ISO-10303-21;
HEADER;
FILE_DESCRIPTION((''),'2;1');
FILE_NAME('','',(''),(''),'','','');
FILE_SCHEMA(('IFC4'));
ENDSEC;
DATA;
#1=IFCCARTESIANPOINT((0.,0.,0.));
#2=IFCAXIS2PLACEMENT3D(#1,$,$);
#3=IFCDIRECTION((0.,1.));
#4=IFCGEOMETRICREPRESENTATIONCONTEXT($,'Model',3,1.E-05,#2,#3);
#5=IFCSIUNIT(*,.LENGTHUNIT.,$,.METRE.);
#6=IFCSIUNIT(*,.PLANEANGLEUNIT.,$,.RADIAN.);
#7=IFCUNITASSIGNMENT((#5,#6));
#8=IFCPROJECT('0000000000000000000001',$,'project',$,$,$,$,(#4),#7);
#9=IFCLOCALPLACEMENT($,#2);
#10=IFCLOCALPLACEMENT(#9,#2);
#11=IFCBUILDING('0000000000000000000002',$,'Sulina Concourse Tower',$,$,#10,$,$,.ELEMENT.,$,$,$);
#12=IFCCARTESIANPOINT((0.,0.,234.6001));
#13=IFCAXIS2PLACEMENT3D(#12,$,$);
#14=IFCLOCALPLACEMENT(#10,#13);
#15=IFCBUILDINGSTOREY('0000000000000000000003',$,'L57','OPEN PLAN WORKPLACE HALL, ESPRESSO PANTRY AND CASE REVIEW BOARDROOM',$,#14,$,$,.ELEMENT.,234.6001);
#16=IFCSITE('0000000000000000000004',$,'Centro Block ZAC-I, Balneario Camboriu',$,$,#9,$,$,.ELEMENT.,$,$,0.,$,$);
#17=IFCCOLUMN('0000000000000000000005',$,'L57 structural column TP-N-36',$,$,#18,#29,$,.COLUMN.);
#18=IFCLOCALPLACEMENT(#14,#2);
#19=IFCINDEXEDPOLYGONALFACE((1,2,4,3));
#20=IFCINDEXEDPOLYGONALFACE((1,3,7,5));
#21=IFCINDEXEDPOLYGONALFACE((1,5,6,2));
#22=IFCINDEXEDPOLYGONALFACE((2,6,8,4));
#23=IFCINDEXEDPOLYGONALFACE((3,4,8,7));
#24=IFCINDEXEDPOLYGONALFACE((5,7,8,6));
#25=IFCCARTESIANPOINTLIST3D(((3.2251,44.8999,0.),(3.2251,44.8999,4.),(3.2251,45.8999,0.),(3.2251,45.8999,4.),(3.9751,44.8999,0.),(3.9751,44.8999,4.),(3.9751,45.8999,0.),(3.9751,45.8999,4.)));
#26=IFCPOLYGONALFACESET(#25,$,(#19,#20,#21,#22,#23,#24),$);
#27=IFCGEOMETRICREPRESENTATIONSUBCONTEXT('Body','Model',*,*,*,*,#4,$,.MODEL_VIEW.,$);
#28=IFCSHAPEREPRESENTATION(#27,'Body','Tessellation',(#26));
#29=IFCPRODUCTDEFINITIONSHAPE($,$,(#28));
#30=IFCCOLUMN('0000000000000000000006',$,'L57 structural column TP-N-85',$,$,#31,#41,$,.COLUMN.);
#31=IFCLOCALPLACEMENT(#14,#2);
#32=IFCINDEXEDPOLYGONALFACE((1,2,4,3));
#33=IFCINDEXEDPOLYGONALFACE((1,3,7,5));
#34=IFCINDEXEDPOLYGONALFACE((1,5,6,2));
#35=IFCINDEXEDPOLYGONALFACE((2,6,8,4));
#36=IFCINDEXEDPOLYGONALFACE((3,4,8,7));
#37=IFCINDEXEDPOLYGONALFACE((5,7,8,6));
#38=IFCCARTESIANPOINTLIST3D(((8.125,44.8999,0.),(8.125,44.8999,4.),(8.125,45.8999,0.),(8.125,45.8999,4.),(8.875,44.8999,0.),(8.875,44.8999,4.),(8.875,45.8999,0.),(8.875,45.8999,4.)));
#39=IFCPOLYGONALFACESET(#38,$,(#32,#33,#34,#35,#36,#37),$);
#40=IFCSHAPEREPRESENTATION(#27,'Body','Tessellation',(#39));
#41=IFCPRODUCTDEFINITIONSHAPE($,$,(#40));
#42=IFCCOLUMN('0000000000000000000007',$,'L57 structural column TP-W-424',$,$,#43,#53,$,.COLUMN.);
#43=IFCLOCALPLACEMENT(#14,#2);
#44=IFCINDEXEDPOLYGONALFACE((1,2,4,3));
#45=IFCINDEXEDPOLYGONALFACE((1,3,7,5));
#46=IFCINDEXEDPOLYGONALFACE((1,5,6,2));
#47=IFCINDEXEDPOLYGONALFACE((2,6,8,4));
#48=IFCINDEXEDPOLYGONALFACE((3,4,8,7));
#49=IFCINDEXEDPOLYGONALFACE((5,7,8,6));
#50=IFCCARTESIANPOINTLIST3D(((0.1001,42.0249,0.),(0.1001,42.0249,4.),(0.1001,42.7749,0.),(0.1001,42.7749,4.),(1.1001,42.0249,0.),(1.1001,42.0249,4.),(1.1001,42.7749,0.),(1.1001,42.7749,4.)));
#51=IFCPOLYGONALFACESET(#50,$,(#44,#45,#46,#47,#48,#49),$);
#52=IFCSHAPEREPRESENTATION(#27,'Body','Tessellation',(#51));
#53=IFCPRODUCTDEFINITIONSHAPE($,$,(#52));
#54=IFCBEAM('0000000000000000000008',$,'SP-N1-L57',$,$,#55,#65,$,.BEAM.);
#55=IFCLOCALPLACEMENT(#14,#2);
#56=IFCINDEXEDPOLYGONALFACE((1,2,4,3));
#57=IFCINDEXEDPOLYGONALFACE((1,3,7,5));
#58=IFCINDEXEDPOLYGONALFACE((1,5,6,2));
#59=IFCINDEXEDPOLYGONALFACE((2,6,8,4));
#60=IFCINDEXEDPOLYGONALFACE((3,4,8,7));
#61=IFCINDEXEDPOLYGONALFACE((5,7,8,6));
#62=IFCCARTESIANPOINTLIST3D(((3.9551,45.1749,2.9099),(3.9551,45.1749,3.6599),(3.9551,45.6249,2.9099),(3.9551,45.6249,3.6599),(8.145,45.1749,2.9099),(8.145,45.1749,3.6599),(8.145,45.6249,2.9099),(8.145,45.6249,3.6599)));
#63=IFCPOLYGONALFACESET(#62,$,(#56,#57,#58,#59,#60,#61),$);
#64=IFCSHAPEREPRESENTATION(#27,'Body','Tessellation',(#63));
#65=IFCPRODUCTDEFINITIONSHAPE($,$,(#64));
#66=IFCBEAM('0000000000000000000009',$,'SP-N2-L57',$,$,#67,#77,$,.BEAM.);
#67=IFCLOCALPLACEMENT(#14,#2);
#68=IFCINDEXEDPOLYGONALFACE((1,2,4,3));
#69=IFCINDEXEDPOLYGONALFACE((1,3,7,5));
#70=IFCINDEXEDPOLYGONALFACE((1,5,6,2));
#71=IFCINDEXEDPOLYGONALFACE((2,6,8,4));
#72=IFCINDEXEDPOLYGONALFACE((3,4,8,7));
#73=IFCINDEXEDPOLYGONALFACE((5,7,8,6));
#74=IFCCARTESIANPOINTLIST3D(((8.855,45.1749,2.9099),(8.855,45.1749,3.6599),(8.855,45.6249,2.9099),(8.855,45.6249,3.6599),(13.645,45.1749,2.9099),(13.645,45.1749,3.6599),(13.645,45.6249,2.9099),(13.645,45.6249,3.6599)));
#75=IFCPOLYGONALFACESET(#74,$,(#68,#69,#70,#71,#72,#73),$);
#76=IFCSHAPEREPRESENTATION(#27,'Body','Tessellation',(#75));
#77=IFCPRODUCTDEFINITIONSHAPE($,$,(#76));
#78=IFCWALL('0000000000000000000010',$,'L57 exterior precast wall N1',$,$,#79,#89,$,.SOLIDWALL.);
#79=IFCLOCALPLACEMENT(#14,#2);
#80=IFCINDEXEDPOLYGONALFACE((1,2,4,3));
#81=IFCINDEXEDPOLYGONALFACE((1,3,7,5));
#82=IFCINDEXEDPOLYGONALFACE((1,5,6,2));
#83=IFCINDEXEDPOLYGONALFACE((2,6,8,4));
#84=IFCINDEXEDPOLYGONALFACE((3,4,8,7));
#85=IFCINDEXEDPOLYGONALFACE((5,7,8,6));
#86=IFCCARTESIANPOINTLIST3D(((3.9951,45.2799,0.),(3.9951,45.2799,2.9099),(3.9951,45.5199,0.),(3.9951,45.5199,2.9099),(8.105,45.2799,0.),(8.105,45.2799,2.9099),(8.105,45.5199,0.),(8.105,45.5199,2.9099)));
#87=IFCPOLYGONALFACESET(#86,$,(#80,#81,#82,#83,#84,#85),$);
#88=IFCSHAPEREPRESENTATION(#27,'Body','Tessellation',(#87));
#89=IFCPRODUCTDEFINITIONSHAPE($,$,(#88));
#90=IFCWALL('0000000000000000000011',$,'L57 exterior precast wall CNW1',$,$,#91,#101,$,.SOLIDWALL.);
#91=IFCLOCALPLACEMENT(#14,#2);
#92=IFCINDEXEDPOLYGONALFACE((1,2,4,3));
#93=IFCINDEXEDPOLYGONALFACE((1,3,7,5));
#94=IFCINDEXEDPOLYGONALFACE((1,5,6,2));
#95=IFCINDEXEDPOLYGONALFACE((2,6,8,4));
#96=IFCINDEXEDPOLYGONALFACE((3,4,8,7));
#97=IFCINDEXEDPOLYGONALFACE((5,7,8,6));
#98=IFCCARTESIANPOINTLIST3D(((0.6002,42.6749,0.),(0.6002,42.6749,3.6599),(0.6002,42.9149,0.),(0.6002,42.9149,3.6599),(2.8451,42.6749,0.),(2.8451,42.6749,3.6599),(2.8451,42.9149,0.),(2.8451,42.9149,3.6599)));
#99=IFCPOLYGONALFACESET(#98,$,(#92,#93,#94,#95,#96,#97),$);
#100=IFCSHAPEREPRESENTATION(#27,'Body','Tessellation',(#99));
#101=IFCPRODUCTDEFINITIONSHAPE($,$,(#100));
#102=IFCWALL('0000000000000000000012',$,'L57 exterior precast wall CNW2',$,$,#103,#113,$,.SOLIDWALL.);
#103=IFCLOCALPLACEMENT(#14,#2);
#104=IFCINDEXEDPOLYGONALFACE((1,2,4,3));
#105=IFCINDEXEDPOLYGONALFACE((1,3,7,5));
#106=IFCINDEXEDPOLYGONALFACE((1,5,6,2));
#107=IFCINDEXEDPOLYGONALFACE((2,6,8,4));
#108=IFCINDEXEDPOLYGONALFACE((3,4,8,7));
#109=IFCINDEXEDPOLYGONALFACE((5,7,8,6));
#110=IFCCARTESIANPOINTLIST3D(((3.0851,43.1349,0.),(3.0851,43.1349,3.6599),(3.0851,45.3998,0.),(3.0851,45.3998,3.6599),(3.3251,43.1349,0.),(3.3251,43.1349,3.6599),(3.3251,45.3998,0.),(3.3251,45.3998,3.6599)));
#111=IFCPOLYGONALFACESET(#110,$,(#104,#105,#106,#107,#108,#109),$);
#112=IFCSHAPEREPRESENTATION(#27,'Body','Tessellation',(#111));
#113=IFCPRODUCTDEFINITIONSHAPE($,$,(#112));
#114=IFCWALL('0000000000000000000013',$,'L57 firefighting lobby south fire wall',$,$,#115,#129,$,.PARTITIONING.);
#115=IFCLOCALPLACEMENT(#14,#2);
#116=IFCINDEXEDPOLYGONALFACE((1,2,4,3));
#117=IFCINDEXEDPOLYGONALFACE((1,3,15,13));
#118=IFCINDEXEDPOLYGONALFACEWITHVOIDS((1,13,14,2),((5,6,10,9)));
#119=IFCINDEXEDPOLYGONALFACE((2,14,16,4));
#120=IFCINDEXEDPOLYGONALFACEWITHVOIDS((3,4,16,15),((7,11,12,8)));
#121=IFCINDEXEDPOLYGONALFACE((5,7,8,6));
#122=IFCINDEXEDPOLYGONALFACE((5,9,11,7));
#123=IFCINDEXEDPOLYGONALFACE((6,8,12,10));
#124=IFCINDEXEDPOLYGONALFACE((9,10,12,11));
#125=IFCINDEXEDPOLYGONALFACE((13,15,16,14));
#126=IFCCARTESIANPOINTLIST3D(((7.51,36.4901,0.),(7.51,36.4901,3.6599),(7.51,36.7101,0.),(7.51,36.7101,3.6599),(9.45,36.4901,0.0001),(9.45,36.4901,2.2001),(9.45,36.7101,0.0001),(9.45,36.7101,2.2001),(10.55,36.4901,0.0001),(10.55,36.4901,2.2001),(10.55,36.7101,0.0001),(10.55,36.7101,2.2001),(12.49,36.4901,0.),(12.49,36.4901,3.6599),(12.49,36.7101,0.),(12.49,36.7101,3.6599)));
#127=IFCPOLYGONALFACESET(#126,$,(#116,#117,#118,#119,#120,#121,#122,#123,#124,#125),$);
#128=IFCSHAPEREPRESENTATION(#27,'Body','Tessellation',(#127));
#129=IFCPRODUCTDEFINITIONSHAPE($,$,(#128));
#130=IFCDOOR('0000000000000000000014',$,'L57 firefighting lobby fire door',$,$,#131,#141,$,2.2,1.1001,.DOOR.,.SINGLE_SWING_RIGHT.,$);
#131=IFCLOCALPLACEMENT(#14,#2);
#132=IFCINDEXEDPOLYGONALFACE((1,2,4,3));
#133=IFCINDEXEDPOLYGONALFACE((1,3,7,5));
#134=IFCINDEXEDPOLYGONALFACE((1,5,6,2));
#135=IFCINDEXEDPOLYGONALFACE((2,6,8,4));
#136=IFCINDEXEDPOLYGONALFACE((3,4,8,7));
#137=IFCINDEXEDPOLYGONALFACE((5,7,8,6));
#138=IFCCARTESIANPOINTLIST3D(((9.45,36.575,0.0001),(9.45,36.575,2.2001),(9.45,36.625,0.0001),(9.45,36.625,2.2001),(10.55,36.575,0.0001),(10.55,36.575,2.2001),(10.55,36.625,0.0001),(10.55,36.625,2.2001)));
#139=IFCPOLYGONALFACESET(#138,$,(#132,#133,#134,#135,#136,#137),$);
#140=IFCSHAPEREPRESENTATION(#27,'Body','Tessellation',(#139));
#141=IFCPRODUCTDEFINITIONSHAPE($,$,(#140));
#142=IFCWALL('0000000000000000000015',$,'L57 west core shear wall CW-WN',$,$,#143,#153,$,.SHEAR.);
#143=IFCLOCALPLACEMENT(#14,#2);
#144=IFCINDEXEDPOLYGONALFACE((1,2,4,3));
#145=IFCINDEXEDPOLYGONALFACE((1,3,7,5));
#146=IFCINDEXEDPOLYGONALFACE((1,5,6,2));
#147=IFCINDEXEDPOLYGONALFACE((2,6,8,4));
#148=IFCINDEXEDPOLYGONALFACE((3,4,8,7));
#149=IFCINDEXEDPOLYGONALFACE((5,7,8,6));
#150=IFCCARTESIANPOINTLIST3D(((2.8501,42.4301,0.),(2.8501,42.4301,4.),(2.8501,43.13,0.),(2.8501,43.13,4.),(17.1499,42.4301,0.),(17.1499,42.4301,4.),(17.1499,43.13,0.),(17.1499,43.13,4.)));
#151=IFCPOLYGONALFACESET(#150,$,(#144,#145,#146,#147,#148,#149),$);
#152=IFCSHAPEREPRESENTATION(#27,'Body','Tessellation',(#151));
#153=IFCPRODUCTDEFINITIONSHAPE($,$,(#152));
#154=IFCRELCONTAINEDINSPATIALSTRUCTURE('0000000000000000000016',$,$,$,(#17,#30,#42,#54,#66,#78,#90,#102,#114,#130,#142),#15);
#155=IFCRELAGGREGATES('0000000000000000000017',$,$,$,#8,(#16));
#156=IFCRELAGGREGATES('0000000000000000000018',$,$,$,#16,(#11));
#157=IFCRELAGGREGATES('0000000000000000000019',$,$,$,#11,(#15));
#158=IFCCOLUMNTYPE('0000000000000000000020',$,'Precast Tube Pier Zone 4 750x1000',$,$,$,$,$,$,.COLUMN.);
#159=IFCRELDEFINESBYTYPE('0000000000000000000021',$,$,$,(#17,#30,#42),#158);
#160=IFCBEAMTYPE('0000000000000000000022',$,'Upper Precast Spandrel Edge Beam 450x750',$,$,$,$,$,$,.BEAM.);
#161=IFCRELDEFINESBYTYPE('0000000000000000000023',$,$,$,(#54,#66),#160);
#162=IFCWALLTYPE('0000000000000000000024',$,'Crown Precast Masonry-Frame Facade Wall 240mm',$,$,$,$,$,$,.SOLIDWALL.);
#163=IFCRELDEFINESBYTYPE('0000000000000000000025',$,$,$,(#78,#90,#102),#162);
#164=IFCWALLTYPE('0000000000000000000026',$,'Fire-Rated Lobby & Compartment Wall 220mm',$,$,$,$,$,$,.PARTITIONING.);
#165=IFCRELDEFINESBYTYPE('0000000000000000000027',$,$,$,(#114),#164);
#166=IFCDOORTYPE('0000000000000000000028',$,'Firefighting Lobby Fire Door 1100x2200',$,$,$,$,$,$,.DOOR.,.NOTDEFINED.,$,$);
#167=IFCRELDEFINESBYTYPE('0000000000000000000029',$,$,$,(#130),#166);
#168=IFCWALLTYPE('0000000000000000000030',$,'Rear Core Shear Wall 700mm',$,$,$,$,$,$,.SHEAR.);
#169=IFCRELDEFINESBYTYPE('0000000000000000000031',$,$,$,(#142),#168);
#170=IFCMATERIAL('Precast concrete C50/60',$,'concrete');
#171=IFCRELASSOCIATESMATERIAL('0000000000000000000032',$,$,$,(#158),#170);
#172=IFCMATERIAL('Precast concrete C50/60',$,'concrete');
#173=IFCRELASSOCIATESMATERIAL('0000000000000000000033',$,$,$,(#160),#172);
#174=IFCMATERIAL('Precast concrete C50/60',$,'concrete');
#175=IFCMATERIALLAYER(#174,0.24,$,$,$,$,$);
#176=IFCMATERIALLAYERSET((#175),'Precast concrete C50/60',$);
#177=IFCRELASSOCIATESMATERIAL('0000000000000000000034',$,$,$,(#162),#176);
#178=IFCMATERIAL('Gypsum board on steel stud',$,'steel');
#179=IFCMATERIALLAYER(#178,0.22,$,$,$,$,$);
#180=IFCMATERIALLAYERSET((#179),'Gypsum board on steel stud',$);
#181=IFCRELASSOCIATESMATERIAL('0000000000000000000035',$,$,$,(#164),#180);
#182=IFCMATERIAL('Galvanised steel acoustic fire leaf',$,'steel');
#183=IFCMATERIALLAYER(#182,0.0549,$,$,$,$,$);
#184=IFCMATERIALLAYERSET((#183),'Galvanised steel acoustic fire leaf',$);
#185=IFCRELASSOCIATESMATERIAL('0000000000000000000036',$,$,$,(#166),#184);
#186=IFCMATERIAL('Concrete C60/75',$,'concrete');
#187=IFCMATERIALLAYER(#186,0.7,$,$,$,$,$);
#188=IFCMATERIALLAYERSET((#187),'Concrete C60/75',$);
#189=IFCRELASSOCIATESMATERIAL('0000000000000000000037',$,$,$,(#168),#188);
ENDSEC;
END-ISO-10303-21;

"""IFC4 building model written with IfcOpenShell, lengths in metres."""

from ifc_helpers import new_model, si_unit, direction, frame, frame_2d, origin, origin_2d, place, context, subcontext, project, spatial, rectangle, extrude, material, layer, layer_set, material_profile, profile_set, type_object, element, fill, save


model = new_model("IFC4")

# Units and contexts
model_context = context("Model", 3, precision=1e-05, world=origin(), true_north=direction((0.0, 1.0)))
body_context = subcontext(model_context, "Body", "Model", "MODEL_VIEW")
ifc_project = project(units=[si_unit("LENGTHUNIT", "METRE"), si_unit("PLANEANGLEUNIT", "RADIAN")], contexts=[model_context])

# Site, building, storey
site_placement = place(None, origin())
site = spatial("IfcSite", under=ifc_project, at=site_placement, Name="Centro Block ZAC-I, Balneario Camboriu", CompositionType="ELEMENT", RefElevation=0.0)
building_placement = place(site_placement, origin())
building = spatial("IfcBuilding", under=site, at=building_placement, Name="Sulina Concourse Tower", CompositionType="ELEMENT")
storey_placement = place(building_placement, frame((0.0, 0.0, 234.6001)))
storey = spatial("IfcBuildingStorey", under=building, at=storey_placement, Name="L57", Description="OPEN PLAN WORKPLACE HALL, ESPRESSO PANTRY AND CASE REVIEW BOARDROOM", CompositionType="ELEMENT", Elevation=234.6001)

# Columns
ifc_material_1 = material(Name="Precast concrete C50/60", Category="concrete")
ifc_material_profile_1 = material_profile(ifc_material_1, rectangle(XDim=0.75, YDim=1.0, at=origin_2d()), Name="PC 750x1000")
ifc_profile_set_1 = profile_set([ifc_material_profile_1], Name="Precast concrete C50/60")
column_type = type_object("IfcColumnType", Name="Precast Tube Pier Zone 4 750x1000", PredefinedType="COLUMN", material=ifc_profile_set_1)
for number, where, z_axis, x_axis, name in (
    (1, (3.6001, 45.3999, 0.0), (0.0, 0.0, 1.0), (1.0, 0.0, 0.0), "L57 structural column TP-N-36"),
    (2, (8.5, 45.3999, 0.0), (0.0, 0.0, 1.0), (1.0, 0.0, 0.0), "L57 structural column TP-N-85"),
    (3, (0.6001, 42.3999, 0.0), (0.0, 0.0, 1.0), (0.0, 1.0, 0.0), "L57 structural column TP-W-424"),
):
    element("IfcColumn", number, at=place(storey_placement, frame(where, z_axis=z_axis, x_axis=x_axis)), inside=storey, type_object=column_type, Name=name, PredefinedType="COLUMN", context=body_context, shape_type="SweptSolid", body=[
        extrude(rectangle(XDim=0.75, YDim=1.0, at=origin_2d()), origin(), (0.0, 0.0, 1.0), 4.0),
    ])

# Beams
ifc_material_2 = material(Name="Precast concrete C50/60", Category="concrete")
ifc_material_profile_2 = material_profile(ifc_material_2, rectangle(XDim=0.45, YDim=0.75, at=origin_2d()), Name="RC 450x750")
ifc_profile_set_2 = profile_set([ifc_material_profile_2], Name="Precast concrete C50/60")
beam_type = type_object("IfcBeamType", Name="Upper Precast Spandrel Edge Beam 450x750", PredefinedType="BEAM", material=ifc_profile_set_2)
beam_1_placement = place(storey_placement, frame((3.9551, 45.3999, 3.2849), z_axis=(1.0, 0.0, 0.0), x_axis=(0.0, 1.0, 0.0)))
element("IfcBeam", 4, at=beam_1_placement, inside=storey, type_object=beam_type, Name="SP-N1-L57", PredefinedType="BEAM", context=body_context, shape_type="SweptSolid", body=[
    extrude(rectangle(XDim=0.45, YDim=0.75, at=origin_2d()), origin(), (0.0, 0.0, 1.0), 4.1899),
])
beam_2_placement = place(storey_placement, frame((8.855, 45.3999, 3.2849), z_axis=(1.0, 0.0, 0.0), x_axis=(0.0, 1.0, 0.0)))
element("IfcBeam", 5, at=beam_2_placement, inside=storey, type_object=beam_type, Name="SP-N2-L57", PredefinedType="BEAM", context=body_context, shape_type="SweptSolid", body=[
    extrude(rectangle(XDim=0.45, YDim=0.75, at=origin_2d()), origin(), (0.0, 0.0, 1.0), 4.79),
])

# Walls
ifc_material_3 = material(Name="Precast concrete C50/60", Category="concrete")
ifc_layer_1 = layer(ifc_material_3, 0.24)
ifc_layer_set_1 = layer_set([ifc_layer_1], Name="Precast concrete C50/60")
wall_type_1 = type_object("IfcWallType", Name="Crown Precast Masonry-Frame Facade Wall 240mm", PredefinedType="SOLIDWALL", material=ifc_layer_set_1)
wall_1_placement = place(storey_placement, frame((3.9951, 45.3999, 0.0), z_axis=(0.0, 0.0, 1.0), x_axis=(1.0, 0.0, 0.0)))
element("IfcWall", 6, at=wall_1_placement, inside=storey, type_object=wall_type_1, Name="L57 exterior precast wall N1", PredefinedType="SOLIDWALL", context=body_context, shape_type="SweptSolid", body=[
    extrude(rectangle(XDim=4.1099, YDim=0.24, at=frame_2d((2.0549, 0.0))), origin(), (0.0, 0.0, 1.0), 2.9099),
])
wall_2_placement = place(storey_placement, frame((0.6001, 42.7949, 0.0), z_axis=(0.0, 0.0, 1.0), x_axis=(1.0, 0.0, 0.0)))
element("IfcWall", 7, at=wall_2_placement, inside=storey, type_object=wall_type_1, Name="L57 exterior precast wall CNW1", PredefinedType="SOLIDWALL", context=body_context, shape_type="SweptSolid", body=[
    extrude(rectangle(XDim=2.2449, YDim=0.24, at=frame_2d((1.1226, 0.0))), origin(), (0.0, 0.0, 1.0), 3.6599),
])
wall_3_placement = place(storey_placement, frame((3.2051, 43.135, 0.0), z_axis=(0.0, 0.0, 1.0), x_axis=(0.0, 1.0, 0.0)))
element("IfcWall", 8, at=wall_3_placement, inside=storey, type_object=wall_type_1, Name="L57 exterior precast wall CNW2", PredefinedType="SOLIDWALL", context=body_context, shape_type="SweptSolid", body=[
    extrude(rectangle(XDim=2.2649, YDim=0.24, at=frame_2d((1.1323, 0.0))), origin(), (0.0, 0.0, 1.0), 3.6599),
])

# Wall, opening, door
ifc_material_4 = material(Name="Gypsum board on steel stud", Category="steel")
ifc_layer_2 = layer(ifc_material_4, 0.22)
ifc_layer_set_2 = layer_set([ifc_layer_2], Name="Gypsum board on steel stud")
wall_type_2 = type_object("IfcWallType", Name="Fire-Rated Lobby & Compartment Wall 220mm", PredefinedType="PARTITIONING", material=ifc_layer_set_2)
wall_4_placement = place(storey_placement, frame((7.51, 36.6001, 0.0), z_axis=(0.0, 0.0, 1.0), x_axis=(1.0, 0.0, 0.0)))
wall_4 = element("IfcWall", 9, at=wall_4_placement, inside=storey, type_object=wall_type_2, Name="L57 firefighting lobby south fire wall", PredefinedType="PARTITIONING", context=body_context, shape_type="SweptSolid", body=[
    extrude(rectangle(XDim=4.98, YDim=0.22, at=frame_2d((2.49, 0.0))), origin(), (0.0, 0.0, 1.0), 3.6599),
])
opening_placement = place(wall_4_placement, frame((1.9399, 0.0, 0.0)))
opening = element("IfcOpeningElement", 10, at=opening_placement, cuts=wall_4, PredefinedType="OPENING", context=body_context, shape_type="SweptSolid", body=[
    extrude(rectangle(XDim=1.1001, YDim=2.2, at=frame_2d((0.55, 1.1001))), frame((0.0, 0.1199, 0.0), z_axis=(0.0, -1.0, 0.0), x_axis=(1.0, 0.0, 0.0)), (0.0, 0.0, 1.0), 0.24),
])
ifc_material_5 = material(Name="Galvanised steel acoustic fire leaf", Category="steel")
ifc_layer_3 = layer(ifc_material_5, 0.0549)
ifc_layer_set_3 = layer_set([ifc_layer_3], Name="Galvanised steel acoustic fire leaf")
door_type = type_object("IfcDoorType", Name="Firefighting Lobby Fire Door 1100x2200", OperationType="NOTDEFINED", PredefinedType="DOOR", material=ifc_layer_set_3)
door_placement = place(opening_placement, origin())
door = element("IfcDoor", 11, at=door_placement, inside=storey, type_object=door_type, Name="L57 firefighting lobby fire door", OperationType="SINGLE_SWING_RIGHT", OverallHeight=2.2, OverallWidth=1.1001, PredefinedType="DOOR", context=body_context, shape_type="SweptSolid", body=[
    extrude(rectangle(XDim=1.1001, YDim=2.2, at=frame_2d((0.55, 1.1001))), frame((0.0, 0.0249, 0.0), z_axis=(0.0, -1.0, 0.0), x_axis=(1.0, 0.0, 0.0)), (0.0, 0.0, 1.0), 0.05),
])
fill(opening, door)

# Wall
ifc_material_6 = material(Name="Concrete C60/75", Category="concrete")
ifc_layer_4 = layer(ifc_material_6, 0.7)
ifc_layer_set_4 = layer_set([ifc_layer_4], Name="Concrete C60/75")
wall_type_3 = type_object("IfcWallType", Name="Rear Core Shear Wall 700mm", PredefinedType="SHEAR", material=ifc_layer_set_4)
wall_5_placement = place(storey_placement, frame((2.8501, 42.78, 0.0), z_axis=(0.0, 0.0, 1.0), x_axis=(1.0, 0.0, 0.0)))
element("IfcWall", 12, at=wall_5_placement, inside=storey, type_object=wall_type_3, Name="L57 west core shear wall CW-WN", PredefinedType="SHEAR", context=body_context, shape_type="SweptSolid", body=[
    extrude(rectangle(XDim=14.2998, YDim=0.7, at=frame_2d((7.1499, 0.0))), origin(), (0.0, 0.0, 1.0), 4.0),
])

save(model, "model.ifc")
